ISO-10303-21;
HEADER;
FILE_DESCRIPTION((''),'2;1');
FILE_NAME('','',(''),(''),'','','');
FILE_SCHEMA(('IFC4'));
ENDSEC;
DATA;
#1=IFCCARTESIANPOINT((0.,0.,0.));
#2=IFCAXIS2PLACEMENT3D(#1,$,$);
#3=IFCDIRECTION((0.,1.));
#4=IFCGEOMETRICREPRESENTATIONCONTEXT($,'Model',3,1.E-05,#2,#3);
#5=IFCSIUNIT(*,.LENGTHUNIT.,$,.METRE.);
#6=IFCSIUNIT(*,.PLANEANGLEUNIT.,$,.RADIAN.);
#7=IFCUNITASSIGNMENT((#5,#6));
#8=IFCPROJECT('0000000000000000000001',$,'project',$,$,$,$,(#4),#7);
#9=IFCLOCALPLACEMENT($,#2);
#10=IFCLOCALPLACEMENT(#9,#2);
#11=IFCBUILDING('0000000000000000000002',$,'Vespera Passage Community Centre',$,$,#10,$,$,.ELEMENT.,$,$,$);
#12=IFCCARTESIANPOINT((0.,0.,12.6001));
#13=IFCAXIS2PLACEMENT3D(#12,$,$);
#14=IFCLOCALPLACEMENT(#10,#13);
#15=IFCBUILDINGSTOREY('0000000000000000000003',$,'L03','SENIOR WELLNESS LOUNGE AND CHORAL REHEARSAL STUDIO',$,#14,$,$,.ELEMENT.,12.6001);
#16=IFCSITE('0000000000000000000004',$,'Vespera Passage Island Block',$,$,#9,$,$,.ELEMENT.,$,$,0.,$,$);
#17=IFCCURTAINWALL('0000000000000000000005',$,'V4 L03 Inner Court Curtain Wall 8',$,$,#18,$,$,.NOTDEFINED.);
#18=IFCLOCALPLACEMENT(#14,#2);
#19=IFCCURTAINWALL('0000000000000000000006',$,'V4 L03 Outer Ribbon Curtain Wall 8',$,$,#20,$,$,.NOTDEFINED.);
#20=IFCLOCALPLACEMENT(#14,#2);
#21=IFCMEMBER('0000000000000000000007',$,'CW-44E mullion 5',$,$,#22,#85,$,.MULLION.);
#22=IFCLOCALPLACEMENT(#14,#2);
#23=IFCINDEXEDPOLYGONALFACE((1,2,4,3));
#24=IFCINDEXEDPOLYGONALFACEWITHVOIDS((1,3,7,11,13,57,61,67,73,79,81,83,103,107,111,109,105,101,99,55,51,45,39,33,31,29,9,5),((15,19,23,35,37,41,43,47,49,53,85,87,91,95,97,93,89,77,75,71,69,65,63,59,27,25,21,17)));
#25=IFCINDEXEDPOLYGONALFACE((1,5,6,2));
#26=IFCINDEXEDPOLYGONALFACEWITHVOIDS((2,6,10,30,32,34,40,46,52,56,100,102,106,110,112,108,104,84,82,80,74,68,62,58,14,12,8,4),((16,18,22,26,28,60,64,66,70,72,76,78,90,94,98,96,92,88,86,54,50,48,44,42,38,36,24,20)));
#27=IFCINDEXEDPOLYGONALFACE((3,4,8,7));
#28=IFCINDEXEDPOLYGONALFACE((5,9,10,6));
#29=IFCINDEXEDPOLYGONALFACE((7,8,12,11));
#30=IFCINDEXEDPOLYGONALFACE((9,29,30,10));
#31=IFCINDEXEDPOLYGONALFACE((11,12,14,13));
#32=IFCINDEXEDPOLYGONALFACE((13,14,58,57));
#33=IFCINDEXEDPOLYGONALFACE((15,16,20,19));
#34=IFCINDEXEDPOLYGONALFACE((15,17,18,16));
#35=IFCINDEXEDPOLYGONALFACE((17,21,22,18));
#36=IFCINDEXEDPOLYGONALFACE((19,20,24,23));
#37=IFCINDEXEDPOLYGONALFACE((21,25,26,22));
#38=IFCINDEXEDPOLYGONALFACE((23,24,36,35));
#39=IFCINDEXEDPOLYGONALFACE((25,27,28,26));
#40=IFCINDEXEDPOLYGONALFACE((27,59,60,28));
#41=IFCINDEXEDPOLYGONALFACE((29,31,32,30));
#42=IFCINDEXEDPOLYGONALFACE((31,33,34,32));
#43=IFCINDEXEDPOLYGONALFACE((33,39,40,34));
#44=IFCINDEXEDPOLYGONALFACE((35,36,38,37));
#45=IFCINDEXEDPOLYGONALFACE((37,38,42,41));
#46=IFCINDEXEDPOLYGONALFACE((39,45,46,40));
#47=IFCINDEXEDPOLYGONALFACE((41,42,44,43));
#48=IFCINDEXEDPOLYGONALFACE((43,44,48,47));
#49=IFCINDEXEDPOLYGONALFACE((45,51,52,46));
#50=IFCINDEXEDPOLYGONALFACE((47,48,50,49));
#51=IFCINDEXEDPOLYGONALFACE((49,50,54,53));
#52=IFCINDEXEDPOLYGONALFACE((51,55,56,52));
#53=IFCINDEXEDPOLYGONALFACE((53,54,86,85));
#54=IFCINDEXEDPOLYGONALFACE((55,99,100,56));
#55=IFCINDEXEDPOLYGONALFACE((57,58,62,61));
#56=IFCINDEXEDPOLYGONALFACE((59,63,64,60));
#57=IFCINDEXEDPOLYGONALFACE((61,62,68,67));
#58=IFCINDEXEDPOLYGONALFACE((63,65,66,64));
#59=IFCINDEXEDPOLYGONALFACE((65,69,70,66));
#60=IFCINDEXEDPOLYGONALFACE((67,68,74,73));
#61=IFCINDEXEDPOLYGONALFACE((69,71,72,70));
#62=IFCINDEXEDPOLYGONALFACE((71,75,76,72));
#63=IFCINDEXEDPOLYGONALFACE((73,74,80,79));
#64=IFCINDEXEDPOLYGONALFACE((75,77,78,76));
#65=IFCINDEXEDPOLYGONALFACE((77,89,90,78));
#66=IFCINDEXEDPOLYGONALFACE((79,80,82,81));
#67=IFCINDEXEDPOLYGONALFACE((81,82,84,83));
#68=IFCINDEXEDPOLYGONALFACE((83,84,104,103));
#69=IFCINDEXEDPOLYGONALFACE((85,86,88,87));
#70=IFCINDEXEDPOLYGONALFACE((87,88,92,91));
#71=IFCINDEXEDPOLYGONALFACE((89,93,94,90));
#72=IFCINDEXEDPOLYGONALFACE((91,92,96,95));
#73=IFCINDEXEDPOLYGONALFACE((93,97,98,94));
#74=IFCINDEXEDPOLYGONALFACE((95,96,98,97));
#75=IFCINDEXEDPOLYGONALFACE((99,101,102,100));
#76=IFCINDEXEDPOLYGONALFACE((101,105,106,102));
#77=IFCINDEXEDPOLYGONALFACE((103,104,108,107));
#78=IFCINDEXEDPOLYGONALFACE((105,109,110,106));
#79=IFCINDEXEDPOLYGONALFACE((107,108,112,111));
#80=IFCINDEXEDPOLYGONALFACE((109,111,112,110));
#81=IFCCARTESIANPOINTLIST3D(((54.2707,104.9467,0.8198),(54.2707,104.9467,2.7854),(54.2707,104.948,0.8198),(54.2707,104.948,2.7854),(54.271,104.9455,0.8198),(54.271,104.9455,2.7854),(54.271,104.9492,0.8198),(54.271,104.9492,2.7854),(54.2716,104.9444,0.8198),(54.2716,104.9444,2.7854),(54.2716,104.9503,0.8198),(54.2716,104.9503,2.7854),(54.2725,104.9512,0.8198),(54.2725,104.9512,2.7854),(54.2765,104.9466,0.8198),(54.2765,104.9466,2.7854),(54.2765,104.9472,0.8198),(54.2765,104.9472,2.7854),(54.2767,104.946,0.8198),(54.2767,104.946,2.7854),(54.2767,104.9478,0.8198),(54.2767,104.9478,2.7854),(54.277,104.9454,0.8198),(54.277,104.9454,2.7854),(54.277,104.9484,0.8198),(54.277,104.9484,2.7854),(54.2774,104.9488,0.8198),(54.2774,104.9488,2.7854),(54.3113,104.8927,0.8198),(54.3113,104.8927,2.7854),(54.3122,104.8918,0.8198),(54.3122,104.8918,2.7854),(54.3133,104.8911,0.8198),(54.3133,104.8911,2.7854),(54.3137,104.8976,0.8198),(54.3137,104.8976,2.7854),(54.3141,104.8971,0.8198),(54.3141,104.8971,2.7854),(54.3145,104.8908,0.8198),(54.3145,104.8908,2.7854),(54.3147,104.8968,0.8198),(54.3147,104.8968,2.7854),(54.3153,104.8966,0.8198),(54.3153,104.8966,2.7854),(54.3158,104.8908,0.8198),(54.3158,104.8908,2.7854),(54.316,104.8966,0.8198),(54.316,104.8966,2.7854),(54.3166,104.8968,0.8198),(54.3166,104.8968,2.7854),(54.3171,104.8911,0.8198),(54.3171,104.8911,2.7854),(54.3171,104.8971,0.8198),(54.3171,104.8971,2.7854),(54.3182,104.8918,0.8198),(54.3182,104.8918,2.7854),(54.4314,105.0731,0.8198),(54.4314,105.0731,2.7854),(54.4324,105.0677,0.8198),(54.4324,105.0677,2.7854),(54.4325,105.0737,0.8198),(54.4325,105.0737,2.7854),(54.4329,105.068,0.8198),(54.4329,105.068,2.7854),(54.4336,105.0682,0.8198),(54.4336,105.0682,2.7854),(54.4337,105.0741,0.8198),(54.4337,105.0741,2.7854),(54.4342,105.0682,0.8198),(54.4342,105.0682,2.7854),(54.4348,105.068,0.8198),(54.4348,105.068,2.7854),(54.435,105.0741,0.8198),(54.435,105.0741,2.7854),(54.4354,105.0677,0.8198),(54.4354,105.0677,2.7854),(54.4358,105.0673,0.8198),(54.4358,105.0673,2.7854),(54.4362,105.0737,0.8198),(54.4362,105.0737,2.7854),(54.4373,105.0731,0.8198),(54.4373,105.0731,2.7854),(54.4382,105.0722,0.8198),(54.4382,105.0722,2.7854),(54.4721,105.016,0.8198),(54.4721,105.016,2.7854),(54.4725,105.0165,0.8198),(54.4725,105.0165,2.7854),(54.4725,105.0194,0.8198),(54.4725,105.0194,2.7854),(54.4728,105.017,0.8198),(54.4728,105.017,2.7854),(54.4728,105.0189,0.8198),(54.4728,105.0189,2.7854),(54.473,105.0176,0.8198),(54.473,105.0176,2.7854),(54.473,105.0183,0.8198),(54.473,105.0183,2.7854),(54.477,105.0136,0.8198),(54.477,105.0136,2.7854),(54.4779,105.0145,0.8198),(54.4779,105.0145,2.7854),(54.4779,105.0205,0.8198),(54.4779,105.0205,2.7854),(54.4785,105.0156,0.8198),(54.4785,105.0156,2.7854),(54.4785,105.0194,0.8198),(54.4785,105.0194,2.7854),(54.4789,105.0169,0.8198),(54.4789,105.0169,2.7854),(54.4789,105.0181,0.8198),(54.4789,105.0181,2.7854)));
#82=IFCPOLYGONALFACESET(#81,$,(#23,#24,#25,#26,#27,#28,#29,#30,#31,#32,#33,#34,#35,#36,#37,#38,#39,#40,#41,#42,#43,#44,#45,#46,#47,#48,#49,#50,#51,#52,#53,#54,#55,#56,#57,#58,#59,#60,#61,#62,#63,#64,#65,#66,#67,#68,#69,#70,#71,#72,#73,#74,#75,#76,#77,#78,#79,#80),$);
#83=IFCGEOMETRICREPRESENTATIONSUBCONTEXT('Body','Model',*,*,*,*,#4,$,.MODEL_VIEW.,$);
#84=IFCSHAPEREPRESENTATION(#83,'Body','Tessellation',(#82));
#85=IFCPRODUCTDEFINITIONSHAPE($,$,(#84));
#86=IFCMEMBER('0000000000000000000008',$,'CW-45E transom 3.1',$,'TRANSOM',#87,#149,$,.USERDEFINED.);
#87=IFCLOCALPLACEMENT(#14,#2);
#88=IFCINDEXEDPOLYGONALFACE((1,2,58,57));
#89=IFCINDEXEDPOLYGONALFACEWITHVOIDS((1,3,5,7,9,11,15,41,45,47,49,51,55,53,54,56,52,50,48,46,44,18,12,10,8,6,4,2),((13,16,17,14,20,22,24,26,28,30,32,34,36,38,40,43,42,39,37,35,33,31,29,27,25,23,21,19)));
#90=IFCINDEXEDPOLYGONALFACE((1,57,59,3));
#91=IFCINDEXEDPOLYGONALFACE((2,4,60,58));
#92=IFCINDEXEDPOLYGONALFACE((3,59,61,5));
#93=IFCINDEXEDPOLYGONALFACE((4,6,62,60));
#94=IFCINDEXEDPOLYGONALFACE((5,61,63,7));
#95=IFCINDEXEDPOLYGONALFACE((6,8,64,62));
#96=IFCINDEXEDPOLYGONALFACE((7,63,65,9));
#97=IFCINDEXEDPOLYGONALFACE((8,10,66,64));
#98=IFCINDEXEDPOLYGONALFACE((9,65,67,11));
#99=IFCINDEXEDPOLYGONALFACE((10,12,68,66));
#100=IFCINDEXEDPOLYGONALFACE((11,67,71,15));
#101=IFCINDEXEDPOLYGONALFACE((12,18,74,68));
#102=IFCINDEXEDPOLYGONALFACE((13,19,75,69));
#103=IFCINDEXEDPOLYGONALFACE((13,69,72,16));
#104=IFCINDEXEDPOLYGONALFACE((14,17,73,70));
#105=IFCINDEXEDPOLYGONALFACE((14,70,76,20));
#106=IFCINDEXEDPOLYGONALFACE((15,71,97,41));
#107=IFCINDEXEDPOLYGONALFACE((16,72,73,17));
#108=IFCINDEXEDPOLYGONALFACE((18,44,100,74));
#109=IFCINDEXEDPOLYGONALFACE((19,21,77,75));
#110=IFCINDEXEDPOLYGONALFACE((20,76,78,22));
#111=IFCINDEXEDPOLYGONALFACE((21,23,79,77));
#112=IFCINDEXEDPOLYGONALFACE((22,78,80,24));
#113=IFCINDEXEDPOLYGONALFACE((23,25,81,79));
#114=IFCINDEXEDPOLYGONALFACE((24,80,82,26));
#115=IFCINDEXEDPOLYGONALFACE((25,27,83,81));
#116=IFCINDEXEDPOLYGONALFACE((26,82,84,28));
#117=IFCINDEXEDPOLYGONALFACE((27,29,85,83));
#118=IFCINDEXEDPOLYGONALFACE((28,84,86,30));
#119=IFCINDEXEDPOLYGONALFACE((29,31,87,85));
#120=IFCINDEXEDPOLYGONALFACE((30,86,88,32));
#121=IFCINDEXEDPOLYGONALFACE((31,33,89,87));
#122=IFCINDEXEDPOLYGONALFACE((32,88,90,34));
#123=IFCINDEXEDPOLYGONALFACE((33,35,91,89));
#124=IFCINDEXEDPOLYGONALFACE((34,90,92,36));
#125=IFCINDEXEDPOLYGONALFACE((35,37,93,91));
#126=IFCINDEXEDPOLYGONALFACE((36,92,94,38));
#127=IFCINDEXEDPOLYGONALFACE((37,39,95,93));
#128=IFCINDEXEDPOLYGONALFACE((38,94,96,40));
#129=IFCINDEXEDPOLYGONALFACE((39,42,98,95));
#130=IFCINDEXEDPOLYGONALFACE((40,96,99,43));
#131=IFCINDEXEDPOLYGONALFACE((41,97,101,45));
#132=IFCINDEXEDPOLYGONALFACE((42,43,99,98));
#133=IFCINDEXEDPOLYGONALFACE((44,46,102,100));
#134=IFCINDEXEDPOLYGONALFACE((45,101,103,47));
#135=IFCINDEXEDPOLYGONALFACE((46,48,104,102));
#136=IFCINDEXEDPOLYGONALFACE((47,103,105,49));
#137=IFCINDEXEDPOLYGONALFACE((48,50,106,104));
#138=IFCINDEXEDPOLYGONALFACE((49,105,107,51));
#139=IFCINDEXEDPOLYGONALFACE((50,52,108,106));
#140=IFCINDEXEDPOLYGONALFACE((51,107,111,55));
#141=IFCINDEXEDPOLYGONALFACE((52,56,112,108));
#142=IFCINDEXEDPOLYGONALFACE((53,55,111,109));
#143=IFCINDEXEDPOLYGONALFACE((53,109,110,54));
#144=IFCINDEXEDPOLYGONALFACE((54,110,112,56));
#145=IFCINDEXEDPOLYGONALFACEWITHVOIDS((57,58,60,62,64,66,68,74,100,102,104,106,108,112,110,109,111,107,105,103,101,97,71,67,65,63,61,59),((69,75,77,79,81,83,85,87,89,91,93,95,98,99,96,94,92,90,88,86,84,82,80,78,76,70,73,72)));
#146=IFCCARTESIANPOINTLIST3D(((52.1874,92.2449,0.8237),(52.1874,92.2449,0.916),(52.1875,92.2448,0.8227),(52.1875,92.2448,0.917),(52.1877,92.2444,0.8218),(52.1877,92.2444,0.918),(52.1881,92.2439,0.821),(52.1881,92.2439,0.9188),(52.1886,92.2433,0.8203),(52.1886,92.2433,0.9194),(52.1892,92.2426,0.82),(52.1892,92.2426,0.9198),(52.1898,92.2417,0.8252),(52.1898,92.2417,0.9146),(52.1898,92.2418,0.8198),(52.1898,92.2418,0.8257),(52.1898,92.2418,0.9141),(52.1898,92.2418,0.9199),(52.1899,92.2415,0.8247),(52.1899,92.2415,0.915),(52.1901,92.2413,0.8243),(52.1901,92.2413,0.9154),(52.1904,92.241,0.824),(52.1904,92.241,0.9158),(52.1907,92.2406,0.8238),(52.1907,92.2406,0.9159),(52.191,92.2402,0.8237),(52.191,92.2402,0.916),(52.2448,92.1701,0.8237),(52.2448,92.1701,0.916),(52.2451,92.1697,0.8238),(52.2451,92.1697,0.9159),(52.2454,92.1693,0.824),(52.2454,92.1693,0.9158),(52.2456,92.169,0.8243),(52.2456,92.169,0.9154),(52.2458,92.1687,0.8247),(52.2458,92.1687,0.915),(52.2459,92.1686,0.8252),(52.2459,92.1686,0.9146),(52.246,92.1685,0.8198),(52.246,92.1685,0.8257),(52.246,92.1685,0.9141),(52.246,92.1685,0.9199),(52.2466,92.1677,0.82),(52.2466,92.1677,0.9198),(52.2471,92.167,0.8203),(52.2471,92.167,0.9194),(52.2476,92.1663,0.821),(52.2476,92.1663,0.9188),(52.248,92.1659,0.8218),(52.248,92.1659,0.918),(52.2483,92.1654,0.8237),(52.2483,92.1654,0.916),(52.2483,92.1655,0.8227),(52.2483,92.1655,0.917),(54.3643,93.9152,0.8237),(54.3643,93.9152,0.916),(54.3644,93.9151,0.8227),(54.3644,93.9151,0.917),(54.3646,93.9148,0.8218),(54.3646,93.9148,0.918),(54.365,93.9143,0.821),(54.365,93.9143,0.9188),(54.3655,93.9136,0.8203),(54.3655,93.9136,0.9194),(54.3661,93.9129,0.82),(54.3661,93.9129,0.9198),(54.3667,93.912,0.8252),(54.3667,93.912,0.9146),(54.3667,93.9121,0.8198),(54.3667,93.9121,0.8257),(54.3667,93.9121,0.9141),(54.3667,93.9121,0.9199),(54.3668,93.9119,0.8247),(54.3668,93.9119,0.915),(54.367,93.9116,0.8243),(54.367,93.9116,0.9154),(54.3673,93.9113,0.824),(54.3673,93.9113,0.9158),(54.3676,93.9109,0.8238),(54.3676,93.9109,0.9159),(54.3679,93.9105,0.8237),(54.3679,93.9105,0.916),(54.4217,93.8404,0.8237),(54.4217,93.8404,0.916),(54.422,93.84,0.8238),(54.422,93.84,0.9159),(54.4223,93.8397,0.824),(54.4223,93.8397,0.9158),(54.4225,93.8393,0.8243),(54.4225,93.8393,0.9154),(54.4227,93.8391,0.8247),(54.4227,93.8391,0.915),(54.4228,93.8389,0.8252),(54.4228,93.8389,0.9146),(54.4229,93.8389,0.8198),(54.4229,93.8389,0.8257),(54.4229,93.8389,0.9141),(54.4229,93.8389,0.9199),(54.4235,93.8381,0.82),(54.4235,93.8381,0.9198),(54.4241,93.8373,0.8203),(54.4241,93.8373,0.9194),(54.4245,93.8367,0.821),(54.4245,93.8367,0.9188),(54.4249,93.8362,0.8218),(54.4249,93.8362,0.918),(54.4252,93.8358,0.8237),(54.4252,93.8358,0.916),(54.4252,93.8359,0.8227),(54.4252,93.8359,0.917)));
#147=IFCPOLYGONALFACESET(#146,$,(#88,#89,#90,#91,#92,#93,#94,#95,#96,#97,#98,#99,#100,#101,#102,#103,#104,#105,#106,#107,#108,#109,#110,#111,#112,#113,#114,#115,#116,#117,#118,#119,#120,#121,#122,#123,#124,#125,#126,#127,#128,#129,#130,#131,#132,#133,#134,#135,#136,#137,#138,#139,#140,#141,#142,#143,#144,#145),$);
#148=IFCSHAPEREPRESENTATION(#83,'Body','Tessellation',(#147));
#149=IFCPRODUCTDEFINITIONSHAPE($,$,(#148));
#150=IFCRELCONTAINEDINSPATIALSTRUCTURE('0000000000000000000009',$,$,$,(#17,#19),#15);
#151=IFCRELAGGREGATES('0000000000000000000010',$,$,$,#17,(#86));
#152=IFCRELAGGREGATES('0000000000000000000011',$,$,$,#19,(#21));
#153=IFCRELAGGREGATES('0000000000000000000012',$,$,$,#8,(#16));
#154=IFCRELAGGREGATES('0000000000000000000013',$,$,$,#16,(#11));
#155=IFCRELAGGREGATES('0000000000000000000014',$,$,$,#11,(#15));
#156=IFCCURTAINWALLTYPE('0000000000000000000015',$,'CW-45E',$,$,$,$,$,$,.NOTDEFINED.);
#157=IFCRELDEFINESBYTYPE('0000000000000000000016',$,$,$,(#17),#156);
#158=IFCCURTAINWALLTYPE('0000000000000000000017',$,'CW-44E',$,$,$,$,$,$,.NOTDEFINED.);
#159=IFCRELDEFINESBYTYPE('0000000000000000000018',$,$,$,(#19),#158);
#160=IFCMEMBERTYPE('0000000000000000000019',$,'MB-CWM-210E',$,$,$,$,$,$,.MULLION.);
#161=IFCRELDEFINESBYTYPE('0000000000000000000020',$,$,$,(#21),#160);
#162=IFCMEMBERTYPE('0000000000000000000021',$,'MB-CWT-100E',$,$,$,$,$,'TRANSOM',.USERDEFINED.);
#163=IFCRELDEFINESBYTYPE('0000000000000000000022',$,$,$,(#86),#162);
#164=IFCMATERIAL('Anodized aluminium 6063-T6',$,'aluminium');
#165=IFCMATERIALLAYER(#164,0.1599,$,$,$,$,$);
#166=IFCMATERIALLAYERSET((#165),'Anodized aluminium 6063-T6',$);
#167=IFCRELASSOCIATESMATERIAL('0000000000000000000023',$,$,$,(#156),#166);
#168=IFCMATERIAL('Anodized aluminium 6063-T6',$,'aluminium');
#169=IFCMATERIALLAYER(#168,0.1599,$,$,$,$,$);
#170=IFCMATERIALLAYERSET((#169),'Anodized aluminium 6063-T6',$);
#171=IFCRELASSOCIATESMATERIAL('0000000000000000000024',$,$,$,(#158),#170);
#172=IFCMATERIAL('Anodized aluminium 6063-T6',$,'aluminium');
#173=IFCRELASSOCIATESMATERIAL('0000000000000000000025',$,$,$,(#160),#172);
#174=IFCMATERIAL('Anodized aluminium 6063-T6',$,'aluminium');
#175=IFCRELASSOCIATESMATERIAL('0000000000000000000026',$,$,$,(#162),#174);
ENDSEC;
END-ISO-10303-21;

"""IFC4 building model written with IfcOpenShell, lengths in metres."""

from ifc_helpers import new_model, si_unit, direction, frame, origin, origin_2d, place, context, subcontext, project, spatial, hollow_rectangle, extrude, material, layer, layer_set, material_profile, profile_set, type_object, element, aggregate, save


model = new_model("IFC4")

# Units and contexts
model_context = context("Model", 3, precision=1e-05, world=origin(), true_north=direction((0.0, 1.0)))
body_context = subcontext(model_context, "Body", "Model", "MODEL_VIEW")
ifc_project = project(units=[si_unit("LENGTHUNIT", "METRE"), si_unit("PLANEANGLEUNIT", "RADIAN")], contexts=[model_context])

# Site, building, storey
site_placement = place(None, origin())
site = spatial("IfcSite", under=ifc_project, at=site_placement, Name="Vespera Passage Island Block", CompositionType="ELEMENT", RefElevation=0.0)
building_placement = place(site_placement, origin())
building = spatial("IfcBuilding", under=site, at=building_placement, Name="Vespera Passage Community Centre", CompositionType="ELEMENT")
storey_placement = place(building_placement, frame((0.0, 0.0, 12.6001)))
storey = spatial("IfcBuildingStorey", under=building, at=storey_placement, Name="L03", Description="SENIOR WELLNESS LOUNGE AND CHORAL REHEARSAL STUDIO", CompositionType="ELEMENT", Elevation=12.6001)

# Curtain wall
ifc_material_1 = material(Name="Anodized aluminium 6063-T6", Category="aluminium")
ifc_layer_1 = layer(ifc_material_1, 0.1599)
ifc_layer_set_1 = layer_set([ifc_layer_1], Name="Anodized aluminium 6063-T6")
curtain_wall_type_1 = type_object("IfcCurtainWallType", Name="CW-45E", PredefinedType="NOTDEFINED", material=ifc_layer_set_1)
curtain_wall_1_placement = place(storey_placement, origin())
curtain_wall_1 = element("IfcCurtainWall", 1, at=curtain_wall_1_placement, inside=storey, type_object=curtain_wall_type_1, Name="V4 L03 Inner Court Curtain Wall 8", PredefinedType="NOTDEFINED")

# Curtain wall, member
ifc_material_2 = material(Name="Anodized aluminium 6063-T6", Category="aluminium")
ifc_layer_2 = layer(ifc_material_2, 0.1599)
ifc_layer_set_2 = layer_set([ifc_layer_2], Name="Anodized aluminium 6063-T6")
curtain_wall_type_2 = type_object("IfcCurtainWallType", Name="CW-44E", PredefinedType="NOTDEFINED", material=ifc_layer_set_2)
curtain_wall_2_placement = place(storey_placement, origin())
curtain_wall_2 = element("IfcCurtainWall", 2, at=curtain_wall_2_placement, inside=storey, type_object=curtain_wall_type_2, Name="V4 L03 Outer Ribbon Curtain Wall 8", PredefinedType="NOTDEFINED")
ifc_material_3 = material(Name="Anodized aluminium 6063-T6", Category="aluminium")
ifc_material_profile_1 = material_profile(ifc_material_3, hollow_rectangle(XDim=0.075, YDim=0.21, WallThickness=0.0049, InnerFilletRadius=0.0024, OuterFilletRadius=0.0049, at=origin_2d()), Name="ALU210X75X5")
ifc_profile_set_1 = profile_set([ifc_material_profile_1], Name="Anodized aluminium 6063-T6")
member_type_1 = type_object("IfcMemberType", Name="MB-CWM-210E", PredefinedType="MULLION", material=ifc_profile_set_1)
member_1_placement = place(storey_placement, frame((54.3748, 104.9824, 0.8198), z_axis=(0.0, 0.0, 1.0), x_axis=(-0.608768, 0.793348, 0.0)))
member_1 = element("IfcMember", 3, at=member_1_placement, type_object=member_type_1, Name="CW-44E mullion 5", PredefinedType="MULLION", context=body_context, shape_type="SweptSolid", body=[
    extrude(hollow_rectangle(XDim=0.075, YDim=0.21, WallThickness=0.0049, InnerFilletRadius=0.0024, OuterFilletRadius=0.0049, at=origin_2d()), origin(), (0.0, 0.0, 1.0), 1.9656),
])

# Member
ifc_material_4 = material(Name="Anodized aluminium 6063-T6", Category="aluminium")
ifc_material_profile_2 = material_profile(ifc_material_4, hollow_rectangle(XDim=0.1001, YDim=0.1001, WallThickness=0.0039, InnerFilletRadius=0.002, OuterFilletRadius=0.0039, at=origin_2d()), Name="ALU100X100X4")
ifc_profile_set_2 = profile_set([ifc_material_profile_2], Name="Anodized aluminium 6063-T6")
member_type_2 = type_object("IfcMemberType", Name="MB-CWT-100E", ElementType="TRANSOM", PredefinedType="USERDEFINED", material=ifc_profile_set_2)
member_2_placement = place(storey_placement, frame((54.3948, 93.8755, 0.8699), z_axis=(-0.793364, -0.608747, 0.0), x_axis=(0.608747, -0.793364, 0.0)))
member_2 = element("IfcMember", 4, at=member_2_placement, type_object=member_type_2, Name="CW-45E transom 3.1", ObjectType="TRANSOM", PredefinedType="USERDEFINED", context=body_context, shape_type="SweptSolid", body=[
    extrude(hollow_rectangle(XDim=0.1001, YDim=0.1001, WallThickness=0.0039, InnerFilletRadius=0.002, OuterFilletRadius=0.0039, at=origin_2d()), origin(), (0.0, 0.0, 1.0), 2.7439),
])
aggregate(curtain_wall_1, [member_2])

aggregate(curtain_wall_2, [member_1])

save(model, "model.ifc")
